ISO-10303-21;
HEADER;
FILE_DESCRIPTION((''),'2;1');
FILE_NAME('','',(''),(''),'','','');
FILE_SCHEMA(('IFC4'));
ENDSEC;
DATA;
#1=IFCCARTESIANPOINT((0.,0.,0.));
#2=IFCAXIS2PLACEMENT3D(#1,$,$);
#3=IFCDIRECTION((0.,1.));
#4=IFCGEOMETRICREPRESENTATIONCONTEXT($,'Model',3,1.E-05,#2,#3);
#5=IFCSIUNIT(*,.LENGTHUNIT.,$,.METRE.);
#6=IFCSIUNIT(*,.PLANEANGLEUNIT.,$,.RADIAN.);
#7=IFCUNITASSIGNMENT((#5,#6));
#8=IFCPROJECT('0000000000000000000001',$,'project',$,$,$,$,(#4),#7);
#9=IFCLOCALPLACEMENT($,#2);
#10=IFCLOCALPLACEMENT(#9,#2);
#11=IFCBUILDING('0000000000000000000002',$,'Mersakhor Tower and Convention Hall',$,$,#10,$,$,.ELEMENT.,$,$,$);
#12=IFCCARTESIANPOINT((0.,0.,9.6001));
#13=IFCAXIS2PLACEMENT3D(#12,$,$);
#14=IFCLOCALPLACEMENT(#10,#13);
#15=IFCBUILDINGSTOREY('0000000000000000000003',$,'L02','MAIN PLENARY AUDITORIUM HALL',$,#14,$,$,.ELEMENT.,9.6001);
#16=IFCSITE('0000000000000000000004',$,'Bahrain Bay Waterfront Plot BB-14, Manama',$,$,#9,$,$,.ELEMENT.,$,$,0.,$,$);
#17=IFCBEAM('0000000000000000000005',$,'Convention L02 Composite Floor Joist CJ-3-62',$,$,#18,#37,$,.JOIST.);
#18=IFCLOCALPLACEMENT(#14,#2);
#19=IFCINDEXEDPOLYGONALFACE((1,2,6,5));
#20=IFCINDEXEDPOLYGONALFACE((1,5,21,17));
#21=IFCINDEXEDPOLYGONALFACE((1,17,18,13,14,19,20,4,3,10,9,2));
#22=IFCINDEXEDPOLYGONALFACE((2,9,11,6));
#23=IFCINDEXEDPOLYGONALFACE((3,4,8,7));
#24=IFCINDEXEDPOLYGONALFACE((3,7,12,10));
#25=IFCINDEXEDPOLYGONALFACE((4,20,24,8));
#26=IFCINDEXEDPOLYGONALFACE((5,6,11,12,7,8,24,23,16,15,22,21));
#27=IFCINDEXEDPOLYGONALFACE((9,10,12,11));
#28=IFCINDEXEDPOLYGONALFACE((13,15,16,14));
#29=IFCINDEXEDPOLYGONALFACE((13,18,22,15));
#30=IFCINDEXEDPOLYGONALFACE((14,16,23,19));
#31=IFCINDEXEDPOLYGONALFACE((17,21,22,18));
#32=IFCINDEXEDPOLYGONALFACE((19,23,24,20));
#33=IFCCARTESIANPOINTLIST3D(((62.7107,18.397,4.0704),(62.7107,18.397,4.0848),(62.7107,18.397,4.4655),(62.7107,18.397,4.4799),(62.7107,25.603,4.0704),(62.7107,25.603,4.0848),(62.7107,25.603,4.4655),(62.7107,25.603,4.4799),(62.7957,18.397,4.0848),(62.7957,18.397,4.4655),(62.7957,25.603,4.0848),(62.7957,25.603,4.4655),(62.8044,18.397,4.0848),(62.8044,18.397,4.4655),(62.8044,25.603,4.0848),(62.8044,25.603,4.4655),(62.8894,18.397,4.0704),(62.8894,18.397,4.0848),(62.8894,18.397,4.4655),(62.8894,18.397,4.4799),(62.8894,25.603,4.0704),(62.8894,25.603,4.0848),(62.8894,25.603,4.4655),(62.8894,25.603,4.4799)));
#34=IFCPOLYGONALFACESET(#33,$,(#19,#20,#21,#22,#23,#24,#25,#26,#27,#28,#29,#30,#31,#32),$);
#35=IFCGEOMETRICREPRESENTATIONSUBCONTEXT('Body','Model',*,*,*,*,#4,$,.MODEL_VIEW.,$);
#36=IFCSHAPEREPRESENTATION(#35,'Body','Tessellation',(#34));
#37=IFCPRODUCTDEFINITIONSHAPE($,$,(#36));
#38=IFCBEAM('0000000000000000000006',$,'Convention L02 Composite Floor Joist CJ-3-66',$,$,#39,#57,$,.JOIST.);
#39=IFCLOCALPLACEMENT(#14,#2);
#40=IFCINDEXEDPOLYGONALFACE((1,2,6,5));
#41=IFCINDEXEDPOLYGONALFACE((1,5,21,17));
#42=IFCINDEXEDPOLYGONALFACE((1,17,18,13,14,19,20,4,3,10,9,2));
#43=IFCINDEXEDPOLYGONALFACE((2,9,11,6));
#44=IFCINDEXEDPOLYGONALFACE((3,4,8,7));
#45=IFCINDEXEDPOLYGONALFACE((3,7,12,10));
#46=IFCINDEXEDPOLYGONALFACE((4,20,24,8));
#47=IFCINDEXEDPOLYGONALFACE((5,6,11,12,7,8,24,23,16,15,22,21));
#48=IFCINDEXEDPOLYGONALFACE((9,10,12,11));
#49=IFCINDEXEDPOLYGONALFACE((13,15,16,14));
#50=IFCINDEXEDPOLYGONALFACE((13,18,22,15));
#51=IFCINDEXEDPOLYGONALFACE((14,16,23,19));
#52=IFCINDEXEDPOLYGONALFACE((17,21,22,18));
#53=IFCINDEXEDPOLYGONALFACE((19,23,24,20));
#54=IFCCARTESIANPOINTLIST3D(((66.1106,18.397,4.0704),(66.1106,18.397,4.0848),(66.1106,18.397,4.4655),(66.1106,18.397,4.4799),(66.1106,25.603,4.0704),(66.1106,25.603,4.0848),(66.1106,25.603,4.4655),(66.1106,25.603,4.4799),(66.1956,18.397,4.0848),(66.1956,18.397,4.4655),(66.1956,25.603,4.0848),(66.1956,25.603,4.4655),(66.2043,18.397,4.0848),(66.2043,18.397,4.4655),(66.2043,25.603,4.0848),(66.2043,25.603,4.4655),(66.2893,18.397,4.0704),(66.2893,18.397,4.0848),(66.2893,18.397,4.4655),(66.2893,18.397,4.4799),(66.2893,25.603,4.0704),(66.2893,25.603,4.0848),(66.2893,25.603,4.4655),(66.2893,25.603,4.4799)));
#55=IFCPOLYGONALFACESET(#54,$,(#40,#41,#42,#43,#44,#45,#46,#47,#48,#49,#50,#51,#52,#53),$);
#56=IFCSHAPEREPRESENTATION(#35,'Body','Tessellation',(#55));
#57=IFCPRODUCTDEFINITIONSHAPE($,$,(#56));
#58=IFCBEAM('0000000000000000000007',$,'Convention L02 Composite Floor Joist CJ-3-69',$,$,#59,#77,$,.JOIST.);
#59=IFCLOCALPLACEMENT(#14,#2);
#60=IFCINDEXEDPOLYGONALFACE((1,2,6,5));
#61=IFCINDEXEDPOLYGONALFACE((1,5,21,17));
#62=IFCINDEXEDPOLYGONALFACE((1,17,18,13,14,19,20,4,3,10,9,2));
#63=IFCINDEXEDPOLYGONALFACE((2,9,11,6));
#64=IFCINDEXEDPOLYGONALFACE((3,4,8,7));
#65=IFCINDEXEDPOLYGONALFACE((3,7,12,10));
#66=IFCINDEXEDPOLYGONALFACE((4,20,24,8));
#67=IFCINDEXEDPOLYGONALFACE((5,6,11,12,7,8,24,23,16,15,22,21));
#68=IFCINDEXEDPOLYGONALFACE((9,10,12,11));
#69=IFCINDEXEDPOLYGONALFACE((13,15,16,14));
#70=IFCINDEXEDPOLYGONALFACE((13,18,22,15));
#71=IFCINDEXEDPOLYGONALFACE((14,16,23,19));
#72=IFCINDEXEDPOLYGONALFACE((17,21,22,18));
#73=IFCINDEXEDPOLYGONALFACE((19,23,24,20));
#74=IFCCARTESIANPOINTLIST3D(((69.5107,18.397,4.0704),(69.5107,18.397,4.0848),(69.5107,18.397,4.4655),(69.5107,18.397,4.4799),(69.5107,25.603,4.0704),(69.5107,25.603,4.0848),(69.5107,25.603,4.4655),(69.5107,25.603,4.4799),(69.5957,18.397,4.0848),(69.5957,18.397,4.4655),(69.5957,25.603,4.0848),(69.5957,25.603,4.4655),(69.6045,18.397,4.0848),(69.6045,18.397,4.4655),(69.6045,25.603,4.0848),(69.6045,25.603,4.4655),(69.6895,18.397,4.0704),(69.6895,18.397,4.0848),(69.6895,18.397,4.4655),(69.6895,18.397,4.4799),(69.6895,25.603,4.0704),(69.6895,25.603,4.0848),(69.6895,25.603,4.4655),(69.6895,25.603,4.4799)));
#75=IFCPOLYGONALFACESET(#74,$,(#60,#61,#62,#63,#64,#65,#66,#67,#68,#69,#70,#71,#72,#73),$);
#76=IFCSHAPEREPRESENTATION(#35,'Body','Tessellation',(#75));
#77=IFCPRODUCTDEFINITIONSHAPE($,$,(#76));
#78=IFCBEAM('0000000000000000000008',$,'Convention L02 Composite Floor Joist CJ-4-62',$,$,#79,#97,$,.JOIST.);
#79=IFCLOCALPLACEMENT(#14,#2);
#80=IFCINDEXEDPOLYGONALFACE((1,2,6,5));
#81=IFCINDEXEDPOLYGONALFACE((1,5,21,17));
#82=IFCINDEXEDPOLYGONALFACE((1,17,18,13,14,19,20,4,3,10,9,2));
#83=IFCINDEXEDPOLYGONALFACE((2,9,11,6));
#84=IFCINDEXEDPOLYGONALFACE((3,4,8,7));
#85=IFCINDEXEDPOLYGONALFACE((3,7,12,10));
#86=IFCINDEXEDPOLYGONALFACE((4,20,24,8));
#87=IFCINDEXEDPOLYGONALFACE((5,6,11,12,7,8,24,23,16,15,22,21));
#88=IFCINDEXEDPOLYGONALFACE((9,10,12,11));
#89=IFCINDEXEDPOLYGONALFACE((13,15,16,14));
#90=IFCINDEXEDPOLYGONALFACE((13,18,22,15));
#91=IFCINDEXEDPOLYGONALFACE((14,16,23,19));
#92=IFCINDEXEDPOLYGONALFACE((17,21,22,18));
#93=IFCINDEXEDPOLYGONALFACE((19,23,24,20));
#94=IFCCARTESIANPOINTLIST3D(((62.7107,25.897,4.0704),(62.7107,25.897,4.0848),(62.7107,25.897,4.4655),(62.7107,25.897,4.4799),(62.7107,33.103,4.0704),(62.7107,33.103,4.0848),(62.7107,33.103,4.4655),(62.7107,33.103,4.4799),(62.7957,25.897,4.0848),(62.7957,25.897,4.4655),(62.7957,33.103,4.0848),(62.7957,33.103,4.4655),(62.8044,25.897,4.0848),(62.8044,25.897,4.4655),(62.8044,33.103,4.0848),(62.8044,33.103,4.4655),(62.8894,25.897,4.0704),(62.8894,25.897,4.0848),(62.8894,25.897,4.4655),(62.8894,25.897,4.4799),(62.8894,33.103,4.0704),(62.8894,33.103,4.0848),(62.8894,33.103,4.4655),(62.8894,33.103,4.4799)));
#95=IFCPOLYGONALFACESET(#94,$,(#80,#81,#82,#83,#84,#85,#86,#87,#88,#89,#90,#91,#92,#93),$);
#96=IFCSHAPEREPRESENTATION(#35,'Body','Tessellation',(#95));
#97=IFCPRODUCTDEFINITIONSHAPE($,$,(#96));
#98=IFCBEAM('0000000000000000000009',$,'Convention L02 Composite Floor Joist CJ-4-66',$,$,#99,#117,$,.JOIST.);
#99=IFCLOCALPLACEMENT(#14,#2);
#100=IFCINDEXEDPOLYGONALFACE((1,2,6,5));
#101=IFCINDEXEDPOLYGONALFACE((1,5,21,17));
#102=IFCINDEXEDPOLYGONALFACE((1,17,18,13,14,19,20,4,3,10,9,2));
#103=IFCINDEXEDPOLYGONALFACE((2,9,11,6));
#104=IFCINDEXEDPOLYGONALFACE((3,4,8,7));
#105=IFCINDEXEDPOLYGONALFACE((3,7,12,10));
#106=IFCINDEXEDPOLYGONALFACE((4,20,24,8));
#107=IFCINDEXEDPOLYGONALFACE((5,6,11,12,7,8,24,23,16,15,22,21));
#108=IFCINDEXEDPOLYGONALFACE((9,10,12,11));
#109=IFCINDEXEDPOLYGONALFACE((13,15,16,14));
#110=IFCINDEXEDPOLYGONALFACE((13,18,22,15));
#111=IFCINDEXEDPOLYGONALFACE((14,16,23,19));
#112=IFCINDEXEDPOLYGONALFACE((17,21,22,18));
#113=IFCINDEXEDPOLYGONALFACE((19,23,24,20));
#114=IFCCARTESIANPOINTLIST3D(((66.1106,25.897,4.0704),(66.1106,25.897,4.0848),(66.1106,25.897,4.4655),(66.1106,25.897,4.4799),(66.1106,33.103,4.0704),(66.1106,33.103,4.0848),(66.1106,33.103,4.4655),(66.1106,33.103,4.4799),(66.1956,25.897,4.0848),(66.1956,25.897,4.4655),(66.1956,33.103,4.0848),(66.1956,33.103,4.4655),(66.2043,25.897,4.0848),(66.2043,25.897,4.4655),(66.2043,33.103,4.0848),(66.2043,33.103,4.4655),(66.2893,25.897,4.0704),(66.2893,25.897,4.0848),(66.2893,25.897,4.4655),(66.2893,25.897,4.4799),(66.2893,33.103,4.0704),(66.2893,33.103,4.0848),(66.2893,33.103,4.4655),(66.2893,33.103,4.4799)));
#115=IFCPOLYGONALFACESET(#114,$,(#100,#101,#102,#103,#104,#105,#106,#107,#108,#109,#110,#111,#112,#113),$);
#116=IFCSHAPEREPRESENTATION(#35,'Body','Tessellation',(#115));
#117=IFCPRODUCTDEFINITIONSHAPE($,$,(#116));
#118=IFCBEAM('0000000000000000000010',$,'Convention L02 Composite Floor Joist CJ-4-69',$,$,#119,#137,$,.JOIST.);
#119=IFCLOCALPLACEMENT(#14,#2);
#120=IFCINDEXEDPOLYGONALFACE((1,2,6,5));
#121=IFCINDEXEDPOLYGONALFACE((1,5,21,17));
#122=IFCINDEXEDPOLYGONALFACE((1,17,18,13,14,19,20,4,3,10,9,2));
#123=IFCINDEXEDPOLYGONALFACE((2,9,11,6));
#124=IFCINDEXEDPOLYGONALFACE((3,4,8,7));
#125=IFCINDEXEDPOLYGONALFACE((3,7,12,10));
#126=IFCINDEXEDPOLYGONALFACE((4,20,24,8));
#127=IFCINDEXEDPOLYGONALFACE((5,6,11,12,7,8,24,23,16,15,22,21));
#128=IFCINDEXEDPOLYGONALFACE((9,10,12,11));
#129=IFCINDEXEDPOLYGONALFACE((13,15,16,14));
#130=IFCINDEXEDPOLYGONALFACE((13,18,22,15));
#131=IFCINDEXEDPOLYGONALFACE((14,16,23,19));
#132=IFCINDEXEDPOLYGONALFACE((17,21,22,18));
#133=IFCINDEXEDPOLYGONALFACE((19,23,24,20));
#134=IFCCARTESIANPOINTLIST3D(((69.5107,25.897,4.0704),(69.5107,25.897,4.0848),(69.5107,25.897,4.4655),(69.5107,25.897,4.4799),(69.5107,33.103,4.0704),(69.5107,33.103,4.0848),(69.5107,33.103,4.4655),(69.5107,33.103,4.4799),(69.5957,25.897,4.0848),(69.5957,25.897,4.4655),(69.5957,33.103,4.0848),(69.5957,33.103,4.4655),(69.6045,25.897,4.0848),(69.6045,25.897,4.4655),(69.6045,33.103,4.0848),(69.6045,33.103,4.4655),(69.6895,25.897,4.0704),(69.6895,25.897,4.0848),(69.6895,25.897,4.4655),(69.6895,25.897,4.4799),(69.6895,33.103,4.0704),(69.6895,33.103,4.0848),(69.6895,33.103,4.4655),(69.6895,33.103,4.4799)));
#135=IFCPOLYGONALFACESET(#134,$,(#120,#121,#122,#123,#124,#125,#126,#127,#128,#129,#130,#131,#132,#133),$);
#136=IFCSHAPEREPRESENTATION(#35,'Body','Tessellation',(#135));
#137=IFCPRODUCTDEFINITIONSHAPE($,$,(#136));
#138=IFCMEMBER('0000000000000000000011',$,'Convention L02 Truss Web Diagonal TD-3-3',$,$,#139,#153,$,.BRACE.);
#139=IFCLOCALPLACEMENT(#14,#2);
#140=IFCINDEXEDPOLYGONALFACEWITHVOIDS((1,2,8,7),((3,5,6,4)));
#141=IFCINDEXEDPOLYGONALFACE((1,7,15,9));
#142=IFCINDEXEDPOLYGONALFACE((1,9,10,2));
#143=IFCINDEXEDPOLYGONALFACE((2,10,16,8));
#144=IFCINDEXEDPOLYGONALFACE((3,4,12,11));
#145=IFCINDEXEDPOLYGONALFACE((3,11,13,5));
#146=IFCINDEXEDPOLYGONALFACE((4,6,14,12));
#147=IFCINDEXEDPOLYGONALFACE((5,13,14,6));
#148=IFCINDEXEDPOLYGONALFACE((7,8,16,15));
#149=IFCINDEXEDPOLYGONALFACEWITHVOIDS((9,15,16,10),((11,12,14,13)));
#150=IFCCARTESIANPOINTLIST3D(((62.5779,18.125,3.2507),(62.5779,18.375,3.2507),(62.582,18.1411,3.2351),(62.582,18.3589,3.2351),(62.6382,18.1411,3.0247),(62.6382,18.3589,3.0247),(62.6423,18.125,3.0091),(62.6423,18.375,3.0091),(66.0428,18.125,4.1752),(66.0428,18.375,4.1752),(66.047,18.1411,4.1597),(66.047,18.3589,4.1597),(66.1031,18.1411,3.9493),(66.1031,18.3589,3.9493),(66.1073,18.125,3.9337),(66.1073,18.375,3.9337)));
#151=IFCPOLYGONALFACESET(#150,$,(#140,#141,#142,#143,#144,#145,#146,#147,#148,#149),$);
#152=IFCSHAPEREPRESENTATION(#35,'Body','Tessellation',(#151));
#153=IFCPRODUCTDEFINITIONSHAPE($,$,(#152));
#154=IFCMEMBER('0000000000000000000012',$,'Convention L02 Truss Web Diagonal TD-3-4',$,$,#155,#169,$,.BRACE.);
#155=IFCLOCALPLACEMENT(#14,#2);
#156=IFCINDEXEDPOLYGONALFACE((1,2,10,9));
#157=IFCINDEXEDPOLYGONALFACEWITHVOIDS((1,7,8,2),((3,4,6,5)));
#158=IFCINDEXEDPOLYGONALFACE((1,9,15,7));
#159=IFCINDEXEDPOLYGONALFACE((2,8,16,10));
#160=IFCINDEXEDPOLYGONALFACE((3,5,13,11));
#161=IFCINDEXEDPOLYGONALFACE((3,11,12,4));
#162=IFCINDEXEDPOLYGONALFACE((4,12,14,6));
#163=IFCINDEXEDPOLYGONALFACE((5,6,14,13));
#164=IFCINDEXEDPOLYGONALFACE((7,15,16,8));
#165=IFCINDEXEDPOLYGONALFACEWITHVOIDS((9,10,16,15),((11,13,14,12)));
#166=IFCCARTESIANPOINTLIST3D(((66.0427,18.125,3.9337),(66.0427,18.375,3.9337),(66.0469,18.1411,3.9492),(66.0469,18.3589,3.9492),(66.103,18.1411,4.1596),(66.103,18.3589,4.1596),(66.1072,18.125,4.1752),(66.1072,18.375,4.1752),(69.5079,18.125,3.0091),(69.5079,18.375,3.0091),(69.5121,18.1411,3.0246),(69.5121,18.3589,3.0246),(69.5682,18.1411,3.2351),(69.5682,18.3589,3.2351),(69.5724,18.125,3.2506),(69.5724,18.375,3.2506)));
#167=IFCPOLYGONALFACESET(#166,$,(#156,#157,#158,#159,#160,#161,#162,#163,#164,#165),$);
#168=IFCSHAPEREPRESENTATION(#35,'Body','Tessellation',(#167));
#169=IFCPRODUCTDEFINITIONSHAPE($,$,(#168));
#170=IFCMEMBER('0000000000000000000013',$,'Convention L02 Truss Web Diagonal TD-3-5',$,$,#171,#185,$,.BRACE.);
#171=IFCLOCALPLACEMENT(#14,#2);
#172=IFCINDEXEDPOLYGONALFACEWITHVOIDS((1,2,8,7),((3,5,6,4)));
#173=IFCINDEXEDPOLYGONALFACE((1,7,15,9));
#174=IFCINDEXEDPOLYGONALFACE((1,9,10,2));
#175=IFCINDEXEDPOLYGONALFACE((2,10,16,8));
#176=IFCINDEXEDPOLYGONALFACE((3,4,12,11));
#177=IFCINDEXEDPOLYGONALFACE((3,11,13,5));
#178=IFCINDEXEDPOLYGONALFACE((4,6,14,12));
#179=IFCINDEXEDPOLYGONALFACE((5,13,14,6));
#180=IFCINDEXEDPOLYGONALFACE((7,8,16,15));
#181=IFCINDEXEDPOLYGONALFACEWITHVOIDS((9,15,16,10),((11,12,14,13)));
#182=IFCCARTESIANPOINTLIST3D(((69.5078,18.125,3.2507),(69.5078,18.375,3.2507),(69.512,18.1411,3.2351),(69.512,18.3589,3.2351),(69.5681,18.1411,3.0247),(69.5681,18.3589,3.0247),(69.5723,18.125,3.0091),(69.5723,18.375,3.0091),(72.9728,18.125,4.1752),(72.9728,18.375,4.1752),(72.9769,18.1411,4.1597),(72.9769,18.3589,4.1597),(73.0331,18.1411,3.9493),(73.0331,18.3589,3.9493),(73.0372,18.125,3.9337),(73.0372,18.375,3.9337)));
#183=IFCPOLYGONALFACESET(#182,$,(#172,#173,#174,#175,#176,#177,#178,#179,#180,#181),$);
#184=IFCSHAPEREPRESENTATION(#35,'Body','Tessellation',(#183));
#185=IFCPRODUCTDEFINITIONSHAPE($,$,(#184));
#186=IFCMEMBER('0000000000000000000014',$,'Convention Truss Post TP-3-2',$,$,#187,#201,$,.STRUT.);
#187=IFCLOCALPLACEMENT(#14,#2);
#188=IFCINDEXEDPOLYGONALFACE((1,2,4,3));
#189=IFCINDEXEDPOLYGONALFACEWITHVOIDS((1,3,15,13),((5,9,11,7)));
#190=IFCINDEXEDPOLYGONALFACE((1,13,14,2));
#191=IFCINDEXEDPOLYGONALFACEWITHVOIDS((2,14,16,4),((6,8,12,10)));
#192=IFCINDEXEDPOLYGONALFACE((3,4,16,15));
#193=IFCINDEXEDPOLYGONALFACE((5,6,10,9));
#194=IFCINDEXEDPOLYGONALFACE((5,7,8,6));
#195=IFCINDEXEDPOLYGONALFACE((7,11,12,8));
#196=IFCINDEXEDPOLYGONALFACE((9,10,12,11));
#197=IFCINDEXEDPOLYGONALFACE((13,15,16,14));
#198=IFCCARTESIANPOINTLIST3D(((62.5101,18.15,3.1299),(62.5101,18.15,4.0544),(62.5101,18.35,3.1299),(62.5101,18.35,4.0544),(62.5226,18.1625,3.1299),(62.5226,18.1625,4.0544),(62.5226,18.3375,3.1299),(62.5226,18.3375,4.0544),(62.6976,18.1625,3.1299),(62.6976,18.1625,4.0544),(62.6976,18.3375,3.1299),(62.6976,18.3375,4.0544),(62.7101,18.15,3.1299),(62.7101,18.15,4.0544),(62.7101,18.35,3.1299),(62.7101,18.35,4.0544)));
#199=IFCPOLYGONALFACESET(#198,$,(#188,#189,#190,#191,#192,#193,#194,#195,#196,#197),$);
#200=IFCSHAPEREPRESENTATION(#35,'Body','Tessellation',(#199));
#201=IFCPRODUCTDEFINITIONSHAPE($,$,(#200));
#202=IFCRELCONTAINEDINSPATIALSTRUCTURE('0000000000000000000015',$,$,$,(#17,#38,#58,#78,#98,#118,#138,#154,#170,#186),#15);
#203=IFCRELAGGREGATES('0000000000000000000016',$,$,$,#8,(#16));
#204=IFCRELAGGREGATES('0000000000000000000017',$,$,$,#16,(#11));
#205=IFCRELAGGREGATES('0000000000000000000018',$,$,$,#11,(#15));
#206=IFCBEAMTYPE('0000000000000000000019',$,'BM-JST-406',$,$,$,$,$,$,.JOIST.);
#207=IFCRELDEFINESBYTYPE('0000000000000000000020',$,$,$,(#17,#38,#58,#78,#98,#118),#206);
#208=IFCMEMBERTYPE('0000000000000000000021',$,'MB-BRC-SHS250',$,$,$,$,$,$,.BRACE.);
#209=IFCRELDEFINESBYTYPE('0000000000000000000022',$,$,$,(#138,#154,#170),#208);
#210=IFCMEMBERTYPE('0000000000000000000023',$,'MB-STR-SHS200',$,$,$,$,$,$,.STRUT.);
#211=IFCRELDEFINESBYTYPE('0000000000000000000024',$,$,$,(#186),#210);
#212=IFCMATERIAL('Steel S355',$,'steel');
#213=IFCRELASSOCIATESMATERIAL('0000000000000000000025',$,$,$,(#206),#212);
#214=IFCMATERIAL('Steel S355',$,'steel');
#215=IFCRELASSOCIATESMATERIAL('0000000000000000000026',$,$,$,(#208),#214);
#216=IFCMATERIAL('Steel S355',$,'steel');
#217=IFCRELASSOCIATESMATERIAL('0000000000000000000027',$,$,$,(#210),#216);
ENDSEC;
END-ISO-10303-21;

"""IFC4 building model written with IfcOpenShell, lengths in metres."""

from ifc_helpers import new_model, si_unit, direction, frame, origin, origin_2d, place, context, subcontext, project, spatial, hollow_rectangle, i_section, extrude, material, material_profile, profile_set, type_object, element, save


model = new_model("IFC4")

# Units and contexts
model_context = context("Model", 3, precision=1e-05, world=origin(), true_north=direction((0.0, 1.0)))
body_context = subcontext(model_context, "Body", "Model", "MODEL_VIEW")
ifc_project = project(units=[si_unit("LENGTHUNIT", "METRE"), si_unit("PLANEANGLEUNIT", "RADIAN")], contexts=[model_context])

# Site, building, storey
site_placement = place(None, origin())
site = spatial("IfcSite", under=ifc_project, at=site_placement, Name="Bahrain Bay Waterfront Plot BB-14, Manama", CompositionType="ELEMENT", RefElevation=0.0)
building_placement = place(site_placement, origin())
building = spatial("IfcBuilding", under=site, at=building_placement, Name="Mersakhor Tower and Convention Hall", CompositionType="ELEMENT")
storey_placement = place(building_placement, frame((0.0, 0.0, 9.6001)))
storey = spatial("IfcBuildingStorey", under=building, at=storey_placement, Name="L02", Description="MAIN PLENARY AUDITORIUM HALL", CompositionType="ELEMENT", Elevation=9.6001)

# Beams
ifc_material_1 = material(Name="Steel S355", Category="steel")
ifc_material_profile_1 = material_profile(ifc_material_1, i_section(OverallWidth=0.1787, OverallDepth=0.4094, WebThickness=0.0088, FlangeThickness=0.0144, at=origin_2d()), Name="UB 406x178x67")
ifc_profile_set_1 = profile_set([ifc_material_profile_1], Name="Steel S355")
beam_type = type_object("IfcBeamType", Name="BM-JST-406", PredefinedType="JOIST", material=ifc_profile_set_1)
for number, where, z_axis, x_axis, name in (
    (1, (62.8, 18.397, 4.2751), (0.0, 1.0, 0.0), (-1.0, 0.0, 0.0), "Convention L02 Composite Floor Joist CJ-3-62"),
    (2, (66.2, 18.397, 4.2751), (0.0, 1.0, 0.0), (-1.0, 0.0, 0.0), "Convention L02 Composite Floor Joist CJ-3-66"),
    (3, (69.6001, 18.397, 4.2751), (0.0, 1.0, 0.0), (-1.0, 0.0, 0.0), "Convention L02 Composite Floor Joist CJ-3-69"),
    (4, (62.8, 25.897, 4.2751), (0.0, 1.0, 0.0), (-1.0, 0.0, 0.0), "Convention L02 Composite Floor Joist CJ-4-62"),
    (5, (66.2, 25.897, 4.2751), (0.0, 1.0, 0.0), (-1.0, 0.0, 0.0), "Convention L02 Composite Floor Joist CJ-4-66"),
    (6, (69.6001, 25.897, 4.2751), (0.0, 1.0, 0.0), (-1.0, 0.0, 0.0), "Convention L02 Composite Floor Joist CJ-4-69"),
):
    element("IfcBeam", number, at=place(storey_placement, frame(where, z_axis=z_axis, x_axis=x_axis)), inside=storey, type_object=beam_type, Name=name, PredefinedType="JOIST", context=body_context, shape_type="SweptSolid", body=[
        extrude(i_section(OverallWidth=0.1787, OverallDepth=0.4094, WebThickness=0.0088, FlangeThickness=0.0144, at=origin_2d()), origin(), (0.0, 0.0, 1.0), 7.2061),
    ])

# Members
ifc_material_2 = material(Name="Steel S355", Category="steel")
ifc_material_profile_2 = material_profile(ifc_material_2, hollow_rectangle(XDim=0.25, YDim=0.25, WallThickness=0.0161, at=origin_2d()), Name="SHS 250x250x16")
ifc_profile_set_2 = profile_set([ifc_material_profile_2], Name="Steel S355")
member_type_1 = type_object("IfcMemberType", Name="MB-BRC-SHS250", PredefinedType="BRACE", material=ifc_profile_set_2)
member_1_placement = place(storey_placement, frame((62.6101, 18.25, 3.1299), z_axis=(0.966193, 0.0, 0.257819), x_axis=(0.0, 1.0, 0.0)))
element("IfcMember", 7, at=member_1_placement, inside=storey, type_object=member_type_1, Name="Convention L02 Truss Web Diagonal TD-3-3", PredefinedType="BRACE", context=body_context, shape_type="SweptSolid", body=[
    extrude(hollow_rectangle(XDim=0.25, YDim=0.25, WallThickness=0.0161, at=origin_2d()), origin(), (0.0, 0.0, 1.0), 3.5862),
])
member_2_placement = place(storey_placement, frame((66.075, 18.25, 4.0544), z_axis=(0.966198, 0.0, -0.257802), x_axis=(0.0, 1.0, 0.0)))
element("IfcMember", 8, at=member_2_placement, inside=storey, type_object=member_type_1, Name="Convention L02 Truss Web Diagonal TD-3-4", PredefinedType="BRACE", context=body_context, shape_type="SweptSolid", body=[
    extrude(hollow_rectangle(XDim=0.25, YDim=0.25, WallThickness=0.0161, at=origin_2d()), origin(), (0.0, 0.0, 1.0), 3.5864),
])
member_3_placement = place(storey_placement, frame((69.54, 18.25, 3.1299), z_axis=(0.966193, 0.0, 0.257819), x_axis=(0.0, 1.0, 0.0)))
element("IfcMember", 9, at=member_3_placement, inside=storey, type_object=member_type_1, Name="Convention L02 Truss Web Diagonal TD-3-5", PredefinedType="BRACE", context=body_context, shape_type="SweptSolid", body=[
    extrude(hollow_rectangle(XDim=0.25, YDim=0.25, WallThickness=0.0161, at=origin_2d()), origin(), (0.0, 0.0, 1.0), 3.5862),
])
ifc_material_3 = material(Name="Steel S355", Category="steel")
ifc_material_profile_3 = material_profile(ifc_material_3, hollow_rectangle(XDim=0.2, YDim=0.2, WallThickness=0.0125, at=origin_2d()), Name="SHS 200x200x12.5")
ifc_profile_set_3 = profile_set([ifc_material_profile_3], Name="Steel S355")
member_type_2 = type_object("IfcMemberType", Name="MB-STR-SHS200", PredefinedType="STRUT", material=ifc_profile_set_3)
for number, where, z_axis, x_axis, name in (
    (10, (62.6101, 18.25, 3.1299), (0.0, 0.0, 1.0), (1.0, 0.0, 0.0), "Convention Truss Post TP-3-2"),
):
    element("IfcMember", number, at=place(storey_placement, frame(where, z_axis=z_axis, x_axis=x_axis)), inside=storey, type_object=member_type_2, Name=name, PredefinedType="STRUT", context=body_context, shape_type="SweptSolid", body=[
        extrude(hollow_rectangle(XDim=0.2, YDim=0.2, WallThickness=0.0125, at=origin_2d()), origin(), (0.0, 0.0, 1.0), 0.9246),
    ])

save(model, "model.ifc")
